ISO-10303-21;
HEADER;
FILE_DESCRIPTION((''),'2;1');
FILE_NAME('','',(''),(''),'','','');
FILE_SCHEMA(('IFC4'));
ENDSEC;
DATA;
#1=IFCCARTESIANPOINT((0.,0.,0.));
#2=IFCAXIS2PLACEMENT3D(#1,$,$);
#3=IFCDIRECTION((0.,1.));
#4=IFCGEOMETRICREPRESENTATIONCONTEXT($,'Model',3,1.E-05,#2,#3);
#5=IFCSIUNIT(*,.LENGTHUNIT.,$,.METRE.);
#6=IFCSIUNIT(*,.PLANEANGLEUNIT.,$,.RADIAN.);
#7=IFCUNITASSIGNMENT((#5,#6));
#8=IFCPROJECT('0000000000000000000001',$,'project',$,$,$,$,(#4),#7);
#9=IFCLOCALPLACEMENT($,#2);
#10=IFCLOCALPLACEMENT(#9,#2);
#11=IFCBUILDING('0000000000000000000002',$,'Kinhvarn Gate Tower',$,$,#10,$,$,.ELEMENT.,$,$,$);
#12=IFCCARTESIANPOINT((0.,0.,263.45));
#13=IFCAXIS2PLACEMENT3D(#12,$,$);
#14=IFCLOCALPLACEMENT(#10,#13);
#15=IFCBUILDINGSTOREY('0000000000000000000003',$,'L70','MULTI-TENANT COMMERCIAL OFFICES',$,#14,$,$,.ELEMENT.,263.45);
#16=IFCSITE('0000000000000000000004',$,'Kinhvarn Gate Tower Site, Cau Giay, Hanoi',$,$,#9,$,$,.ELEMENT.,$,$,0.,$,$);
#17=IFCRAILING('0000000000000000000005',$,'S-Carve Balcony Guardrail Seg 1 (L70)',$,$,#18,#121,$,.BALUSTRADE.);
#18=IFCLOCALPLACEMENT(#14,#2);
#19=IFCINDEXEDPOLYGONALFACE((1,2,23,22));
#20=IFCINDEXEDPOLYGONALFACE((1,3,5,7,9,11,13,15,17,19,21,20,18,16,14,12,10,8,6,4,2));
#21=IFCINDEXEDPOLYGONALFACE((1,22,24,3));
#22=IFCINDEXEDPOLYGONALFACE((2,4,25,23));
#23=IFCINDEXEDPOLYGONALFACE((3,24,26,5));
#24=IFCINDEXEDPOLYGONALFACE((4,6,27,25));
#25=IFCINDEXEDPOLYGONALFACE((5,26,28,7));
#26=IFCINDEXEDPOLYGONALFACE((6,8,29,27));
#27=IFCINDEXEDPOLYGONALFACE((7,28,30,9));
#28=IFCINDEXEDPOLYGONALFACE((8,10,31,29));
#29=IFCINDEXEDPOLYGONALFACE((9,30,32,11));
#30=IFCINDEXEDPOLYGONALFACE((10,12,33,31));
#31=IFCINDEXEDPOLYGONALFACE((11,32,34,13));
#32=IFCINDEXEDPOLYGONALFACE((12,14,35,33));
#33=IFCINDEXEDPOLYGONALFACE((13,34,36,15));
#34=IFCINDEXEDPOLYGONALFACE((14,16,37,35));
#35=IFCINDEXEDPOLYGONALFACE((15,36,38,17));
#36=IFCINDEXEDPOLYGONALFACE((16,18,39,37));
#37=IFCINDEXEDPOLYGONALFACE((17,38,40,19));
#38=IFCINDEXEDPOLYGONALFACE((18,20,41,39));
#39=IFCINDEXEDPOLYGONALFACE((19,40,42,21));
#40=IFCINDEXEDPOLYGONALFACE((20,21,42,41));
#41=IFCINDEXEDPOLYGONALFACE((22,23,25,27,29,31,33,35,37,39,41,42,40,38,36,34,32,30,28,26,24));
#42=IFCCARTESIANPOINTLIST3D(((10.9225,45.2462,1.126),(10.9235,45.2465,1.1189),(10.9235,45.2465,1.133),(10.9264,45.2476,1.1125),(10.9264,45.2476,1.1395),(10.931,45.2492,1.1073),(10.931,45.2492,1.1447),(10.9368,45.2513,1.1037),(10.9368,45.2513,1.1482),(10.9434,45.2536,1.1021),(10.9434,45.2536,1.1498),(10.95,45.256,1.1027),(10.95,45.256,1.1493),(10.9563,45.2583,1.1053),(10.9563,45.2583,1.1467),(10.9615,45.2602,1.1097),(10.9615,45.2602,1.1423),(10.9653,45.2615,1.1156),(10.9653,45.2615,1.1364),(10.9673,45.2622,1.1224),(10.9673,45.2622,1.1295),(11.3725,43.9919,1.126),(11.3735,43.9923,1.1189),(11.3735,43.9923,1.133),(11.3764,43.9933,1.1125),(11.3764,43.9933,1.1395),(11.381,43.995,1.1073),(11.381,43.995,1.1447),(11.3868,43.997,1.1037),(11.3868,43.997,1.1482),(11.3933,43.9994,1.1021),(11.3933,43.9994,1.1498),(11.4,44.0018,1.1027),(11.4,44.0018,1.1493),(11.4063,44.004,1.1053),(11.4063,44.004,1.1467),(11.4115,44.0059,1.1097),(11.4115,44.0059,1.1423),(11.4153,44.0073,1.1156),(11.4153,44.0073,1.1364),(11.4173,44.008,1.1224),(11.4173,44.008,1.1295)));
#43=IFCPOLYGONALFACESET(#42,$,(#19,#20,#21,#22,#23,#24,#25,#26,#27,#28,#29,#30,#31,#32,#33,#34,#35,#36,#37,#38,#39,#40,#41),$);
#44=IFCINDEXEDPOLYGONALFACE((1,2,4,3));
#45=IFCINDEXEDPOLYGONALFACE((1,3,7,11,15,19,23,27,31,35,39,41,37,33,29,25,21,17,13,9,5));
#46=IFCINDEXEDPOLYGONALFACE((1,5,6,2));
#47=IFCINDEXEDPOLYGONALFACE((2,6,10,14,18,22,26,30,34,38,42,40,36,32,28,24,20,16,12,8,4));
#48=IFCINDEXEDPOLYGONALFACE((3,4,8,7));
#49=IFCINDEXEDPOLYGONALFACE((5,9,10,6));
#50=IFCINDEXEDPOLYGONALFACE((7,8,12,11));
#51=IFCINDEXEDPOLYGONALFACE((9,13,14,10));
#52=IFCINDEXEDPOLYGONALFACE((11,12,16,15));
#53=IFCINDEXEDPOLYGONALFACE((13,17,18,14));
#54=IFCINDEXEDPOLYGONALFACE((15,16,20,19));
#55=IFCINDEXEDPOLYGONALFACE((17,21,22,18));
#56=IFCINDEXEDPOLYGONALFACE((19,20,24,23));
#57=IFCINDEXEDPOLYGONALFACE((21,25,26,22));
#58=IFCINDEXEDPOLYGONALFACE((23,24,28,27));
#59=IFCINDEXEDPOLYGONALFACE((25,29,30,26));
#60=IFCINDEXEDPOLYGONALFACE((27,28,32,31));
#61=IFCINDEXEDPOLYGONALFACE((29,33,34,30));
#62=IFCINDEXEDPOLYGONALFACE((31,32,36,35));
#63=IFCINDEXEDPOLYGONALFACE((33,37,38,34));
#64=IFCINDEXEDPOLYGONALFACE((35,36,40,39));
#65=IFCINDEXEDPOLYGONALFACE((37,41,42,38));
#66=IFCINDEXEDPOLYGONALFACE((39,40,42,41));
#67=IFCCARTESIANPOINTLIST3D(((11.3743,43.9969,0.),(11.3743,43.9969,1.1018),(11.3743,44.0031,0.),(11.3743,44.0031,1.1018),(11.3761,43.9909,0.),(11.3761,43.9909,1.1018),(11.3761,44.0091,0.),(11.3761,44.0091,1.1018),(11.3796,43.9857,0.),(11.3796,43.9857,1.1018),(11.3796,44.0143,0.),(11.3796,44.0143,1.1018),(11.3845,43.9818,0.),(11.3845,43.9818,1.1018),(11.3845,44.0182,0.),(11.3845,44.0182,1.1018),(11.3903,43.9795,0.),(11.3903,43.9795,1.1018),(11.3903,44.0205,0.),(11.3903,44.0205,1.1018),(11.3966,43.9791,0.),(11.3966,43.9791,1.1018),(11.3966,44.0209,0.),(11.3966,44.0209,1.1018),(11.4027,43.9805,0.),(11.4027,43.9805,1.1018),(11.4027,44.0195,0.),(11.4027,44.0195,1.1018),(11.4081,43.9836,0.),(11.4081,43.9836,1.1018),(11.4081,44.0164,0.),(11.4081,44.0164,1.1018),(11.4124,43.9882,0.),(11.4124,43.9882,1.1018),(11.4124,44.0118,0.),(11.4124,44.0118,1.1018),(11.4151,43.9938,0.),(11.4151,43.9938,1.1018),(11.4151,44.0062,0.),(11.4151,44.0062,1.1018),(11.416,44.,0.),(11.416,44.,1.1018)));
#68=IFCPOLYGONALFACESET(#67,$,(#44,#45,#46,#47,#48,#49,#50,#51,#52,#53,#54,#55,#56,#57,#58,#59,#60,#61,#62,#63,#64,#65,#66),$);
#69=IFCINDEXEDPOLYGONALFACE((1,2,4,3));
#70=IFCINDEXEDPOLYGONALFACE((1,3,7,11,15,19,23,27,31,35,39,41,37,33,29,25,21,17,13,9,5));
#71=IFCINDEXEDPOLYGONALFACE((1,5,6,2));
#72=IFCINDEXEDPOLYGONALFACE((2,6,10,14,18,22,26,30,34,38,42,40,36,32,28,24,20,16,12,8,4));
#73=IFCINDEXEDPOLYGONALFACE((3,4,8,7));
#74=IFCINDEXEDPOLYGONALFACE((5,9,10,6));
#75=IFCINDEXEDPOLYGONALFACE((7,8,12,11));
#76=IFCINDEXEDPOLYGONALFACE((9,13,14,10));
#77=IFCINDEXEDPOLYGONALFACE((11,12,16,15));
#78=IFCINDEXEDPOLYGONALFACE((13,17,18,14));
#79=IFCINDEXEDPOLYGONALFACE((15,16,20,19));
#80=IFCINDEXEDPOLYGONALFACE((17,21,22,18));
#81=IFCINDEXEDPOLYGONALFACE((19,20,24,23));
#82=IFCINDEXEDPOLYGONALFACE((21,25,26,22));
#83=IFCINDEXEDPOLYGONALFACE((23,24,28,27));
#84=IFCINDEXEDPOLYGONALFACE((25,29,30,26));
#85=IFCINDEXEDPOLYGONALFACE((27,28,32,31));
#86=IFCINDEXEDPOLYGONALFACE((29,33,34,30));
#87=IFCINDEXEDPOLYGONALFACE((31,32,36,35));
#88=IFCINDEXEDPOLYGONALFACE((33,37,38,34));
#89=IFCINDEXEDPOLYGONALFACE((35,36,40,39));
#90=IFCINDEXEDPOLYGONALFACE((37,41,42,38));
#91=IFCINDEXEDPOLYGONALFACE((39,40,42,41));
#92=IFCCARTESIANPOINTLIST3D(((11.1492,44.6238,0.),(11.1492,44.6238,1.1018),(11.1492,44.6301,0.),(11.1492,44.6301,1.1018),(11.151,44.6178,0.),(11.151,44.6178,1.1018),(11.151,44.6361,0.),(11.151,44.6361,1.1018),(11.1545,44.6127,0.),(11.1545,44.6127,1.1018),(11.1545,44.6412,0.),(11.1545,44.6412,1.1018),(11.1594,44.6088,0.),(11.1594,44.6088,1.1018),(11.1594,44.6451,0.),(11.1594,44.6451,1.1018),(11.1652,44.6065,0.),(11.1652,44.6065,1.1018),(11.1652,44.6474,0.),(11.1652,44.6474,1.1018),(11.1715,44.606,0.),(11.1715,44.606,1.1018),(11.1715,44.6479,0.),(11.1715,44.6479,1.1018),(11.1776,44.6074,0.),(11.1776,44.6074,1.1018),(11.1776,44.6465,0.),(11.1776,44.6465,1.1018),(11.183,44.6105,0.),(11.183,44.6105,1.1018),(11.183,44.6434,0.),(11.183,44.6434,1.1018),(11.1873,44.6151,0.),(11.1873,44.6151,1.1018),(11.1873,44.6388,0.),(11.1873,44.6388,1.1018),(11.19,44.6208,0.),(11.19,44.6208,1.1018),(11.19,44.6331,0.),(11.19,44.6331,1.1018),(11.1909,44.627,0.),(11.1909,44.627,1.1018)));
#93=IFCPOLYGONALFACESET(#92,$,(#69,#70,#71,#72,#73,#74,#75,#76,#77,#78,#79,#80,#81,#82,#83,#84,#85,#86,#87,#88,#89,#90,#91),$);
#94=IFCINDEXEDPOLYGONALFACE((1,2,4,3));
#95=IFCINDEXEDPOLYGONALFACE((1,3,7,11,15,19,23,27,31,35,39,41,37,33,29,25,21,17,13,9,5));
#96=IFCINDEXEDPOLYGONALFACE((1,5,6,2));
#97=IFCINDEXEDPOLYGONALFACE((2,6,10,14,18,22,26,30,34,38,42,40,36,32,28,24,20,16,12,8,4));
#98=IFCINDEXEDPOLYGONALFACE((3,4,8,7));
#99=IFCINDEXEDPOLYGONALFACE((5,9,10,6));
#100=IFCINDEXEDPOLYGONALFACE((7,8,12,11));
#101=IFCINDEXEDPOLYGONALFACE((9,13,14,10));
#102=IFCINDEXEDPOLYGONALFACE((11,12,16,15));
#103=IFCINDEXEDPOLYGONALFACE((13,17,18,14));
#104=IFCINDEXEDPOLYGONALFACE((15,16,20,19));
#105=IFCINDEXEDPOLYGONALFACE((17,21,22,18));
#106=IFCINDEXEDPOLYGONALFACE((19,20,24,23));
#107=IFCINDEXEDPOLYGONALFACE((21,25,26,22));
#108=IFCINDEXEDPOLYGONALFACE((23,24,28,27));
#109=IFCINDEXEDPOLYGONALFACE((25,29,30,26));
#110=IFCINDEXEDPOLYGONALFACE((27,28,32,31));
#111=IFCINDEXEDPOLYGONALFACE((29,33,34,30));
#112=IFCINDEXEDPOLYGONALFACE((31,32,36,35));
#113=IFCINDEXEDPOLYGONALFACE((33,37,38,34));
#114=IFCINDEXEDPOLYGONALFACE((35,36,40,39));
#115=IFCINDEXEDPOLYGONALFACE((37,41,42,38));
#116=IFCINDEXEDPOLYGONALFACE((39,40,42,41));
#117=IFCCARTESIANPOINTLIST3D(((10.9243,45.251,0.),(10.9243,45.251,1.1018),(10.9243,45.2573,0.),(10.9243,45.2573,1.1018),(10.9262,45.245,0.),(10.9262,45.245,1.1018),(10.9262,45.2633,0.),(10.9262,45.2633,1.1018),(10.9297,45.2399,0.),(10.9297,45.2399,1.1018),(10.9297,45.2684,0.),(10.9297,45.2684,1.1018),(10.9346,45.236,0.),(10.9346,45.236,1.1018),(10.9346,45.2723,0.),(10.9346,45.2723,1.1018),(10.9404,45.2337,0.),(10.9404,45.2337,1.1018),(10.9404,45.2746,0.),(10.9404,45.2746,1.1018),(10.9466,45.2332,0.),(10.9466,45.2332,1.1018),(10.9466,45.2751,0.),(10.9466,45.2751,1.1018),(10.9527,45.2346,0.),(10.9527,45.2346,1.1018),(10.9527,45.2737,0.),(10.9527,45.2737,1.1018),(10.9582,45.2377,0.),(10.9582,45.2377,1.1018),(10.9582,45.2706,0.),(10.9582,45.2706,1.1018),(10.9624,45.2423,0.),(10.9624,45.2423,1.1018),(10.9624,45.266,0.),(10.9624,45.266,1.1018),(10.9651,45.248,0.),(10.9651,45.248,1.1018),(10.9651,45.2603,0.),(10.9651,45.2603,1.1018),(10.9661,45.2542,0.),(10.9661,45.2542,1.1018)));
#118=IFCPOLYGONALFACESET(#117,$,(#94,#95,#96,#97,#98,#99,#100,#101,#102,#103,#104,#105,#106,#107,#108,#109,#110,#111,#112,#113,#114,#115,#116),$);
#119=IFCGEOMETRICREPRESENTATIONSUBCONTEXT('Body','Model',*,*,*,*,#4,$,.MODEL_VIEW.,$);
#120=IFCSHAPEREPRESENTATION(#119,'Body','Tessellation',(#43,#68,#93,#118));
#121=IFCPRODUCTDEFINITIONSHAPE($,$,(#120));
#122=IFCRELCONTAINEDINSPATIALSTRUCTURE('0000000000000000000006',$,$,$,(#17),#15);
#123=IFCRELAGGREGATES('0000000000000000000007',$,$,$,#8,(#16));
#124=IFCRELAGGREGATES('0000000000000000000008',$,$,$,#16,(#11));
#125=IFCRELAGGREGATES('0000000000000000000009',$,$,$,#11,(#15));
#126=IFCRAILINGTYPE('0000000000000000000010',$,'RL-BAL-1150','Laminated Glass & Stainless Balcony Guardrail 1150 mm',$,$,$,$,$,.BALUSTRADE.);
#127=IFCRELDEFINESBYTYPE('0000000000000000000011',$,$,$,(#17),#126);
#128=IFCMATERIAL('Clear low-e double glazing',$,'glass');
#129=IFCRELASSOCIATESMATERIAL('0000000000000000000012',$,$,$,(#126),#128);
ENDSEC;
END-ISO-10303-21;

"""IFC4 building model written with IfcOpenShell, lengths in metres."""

from ifc_helpers import new_model, si_unit, direction, frame, origin, origin_2d, place, context, subcontext, project, spatial, circle, extrude, material, type_object, element, save


model = new_model("IFC4")

# Units and contexts
model_context = context("Model", 3, precision=1e-05, world=origin(), true_north=direction((0.0, 1.0)))
body_context = subcontext(model_context, "Body", "Model", "MODEL_VIEW")
ifc_project = project(units=[si_unit("LENGTHUNIT", "METRE"), si_unit("PLANEANGLEUNIT", "RADIAN")], contexts=[model_context])

# Site, building, storey
site_placement = place(None, origin())
site = spatial("IfcSite", under=ifc_project, at=site_placement, Name="Kinhvarn Gate Tower Site, Cau Giay, Hanoi", CompositionType="ELEMENT", RefElevation=0.0)
building_placement = place(site_placement, origin())
building = spatial("IfcBuilding", under=site, at=building_placement, Name="Kinhvarn Gate Tower", CompositionType="ELEMENT")
storey_placement = place(building_placement, frame((0.0, 0.0, 263.45)))
storey = spatial("IfcBuildingStorey", under=building, at=storey_placement, Name="L70", Description="MULTI-TENANT COMMERCIAL OFFICES", CompositionType="ELEMENT", Elevation=263.45)

# Shared definitions
ifc_material_1 = material(Name="Clear low-e double glazing", Category="glass")

# Railing
railing_type_1 = type_object("IfcRailingType", Name="RL-BAL-1150", Description="Laminated Glass & Stainless Balcony Guardrail 1150 mm", PredefinedType="BALUSTRADE", material=ifc_material_1)
railing_1_placement = place(storey_placement, frame((11.395, 44.0, 0.0)))
element("IfcRailing", 1, at=railing_1_placement, inside=storey, type_object=railing_type_1, Name="S-Carve Balcony Guardrail Seg 1 (L70)", PredefinedType="BALUSTRADE", context=body_context, shape_type="SweptSolid", body=[
    extrude(circle(Radius=0.0239, at=origin_2d()), frame((0.0, 0.0, 1.126), z_axis=(-0.337694, 0.941256, 0.0), x_axis=(-0.941256, -0.337694, 0.0)), (0.0, 0.0, 1.0), 1.3325),
    extrude(circle(Radius=0.021, at=origin_2d()), origin(), (0.0, 0.0, 1.0), 1.1018),
    extrude(circle(Radius=0.021, at=origin_2d()), frame((-0.2251, 0.627, 0.0)), (0.0, 0.0, 1.0), 1.1018),
    extrude(circle(Radius=0.021, at=origin_2d()), frame((-0.45, 1.2542, 0.0)), (0.0, 0.0, 1.0), 1.1018),
])

save(model, "model.ifc")
